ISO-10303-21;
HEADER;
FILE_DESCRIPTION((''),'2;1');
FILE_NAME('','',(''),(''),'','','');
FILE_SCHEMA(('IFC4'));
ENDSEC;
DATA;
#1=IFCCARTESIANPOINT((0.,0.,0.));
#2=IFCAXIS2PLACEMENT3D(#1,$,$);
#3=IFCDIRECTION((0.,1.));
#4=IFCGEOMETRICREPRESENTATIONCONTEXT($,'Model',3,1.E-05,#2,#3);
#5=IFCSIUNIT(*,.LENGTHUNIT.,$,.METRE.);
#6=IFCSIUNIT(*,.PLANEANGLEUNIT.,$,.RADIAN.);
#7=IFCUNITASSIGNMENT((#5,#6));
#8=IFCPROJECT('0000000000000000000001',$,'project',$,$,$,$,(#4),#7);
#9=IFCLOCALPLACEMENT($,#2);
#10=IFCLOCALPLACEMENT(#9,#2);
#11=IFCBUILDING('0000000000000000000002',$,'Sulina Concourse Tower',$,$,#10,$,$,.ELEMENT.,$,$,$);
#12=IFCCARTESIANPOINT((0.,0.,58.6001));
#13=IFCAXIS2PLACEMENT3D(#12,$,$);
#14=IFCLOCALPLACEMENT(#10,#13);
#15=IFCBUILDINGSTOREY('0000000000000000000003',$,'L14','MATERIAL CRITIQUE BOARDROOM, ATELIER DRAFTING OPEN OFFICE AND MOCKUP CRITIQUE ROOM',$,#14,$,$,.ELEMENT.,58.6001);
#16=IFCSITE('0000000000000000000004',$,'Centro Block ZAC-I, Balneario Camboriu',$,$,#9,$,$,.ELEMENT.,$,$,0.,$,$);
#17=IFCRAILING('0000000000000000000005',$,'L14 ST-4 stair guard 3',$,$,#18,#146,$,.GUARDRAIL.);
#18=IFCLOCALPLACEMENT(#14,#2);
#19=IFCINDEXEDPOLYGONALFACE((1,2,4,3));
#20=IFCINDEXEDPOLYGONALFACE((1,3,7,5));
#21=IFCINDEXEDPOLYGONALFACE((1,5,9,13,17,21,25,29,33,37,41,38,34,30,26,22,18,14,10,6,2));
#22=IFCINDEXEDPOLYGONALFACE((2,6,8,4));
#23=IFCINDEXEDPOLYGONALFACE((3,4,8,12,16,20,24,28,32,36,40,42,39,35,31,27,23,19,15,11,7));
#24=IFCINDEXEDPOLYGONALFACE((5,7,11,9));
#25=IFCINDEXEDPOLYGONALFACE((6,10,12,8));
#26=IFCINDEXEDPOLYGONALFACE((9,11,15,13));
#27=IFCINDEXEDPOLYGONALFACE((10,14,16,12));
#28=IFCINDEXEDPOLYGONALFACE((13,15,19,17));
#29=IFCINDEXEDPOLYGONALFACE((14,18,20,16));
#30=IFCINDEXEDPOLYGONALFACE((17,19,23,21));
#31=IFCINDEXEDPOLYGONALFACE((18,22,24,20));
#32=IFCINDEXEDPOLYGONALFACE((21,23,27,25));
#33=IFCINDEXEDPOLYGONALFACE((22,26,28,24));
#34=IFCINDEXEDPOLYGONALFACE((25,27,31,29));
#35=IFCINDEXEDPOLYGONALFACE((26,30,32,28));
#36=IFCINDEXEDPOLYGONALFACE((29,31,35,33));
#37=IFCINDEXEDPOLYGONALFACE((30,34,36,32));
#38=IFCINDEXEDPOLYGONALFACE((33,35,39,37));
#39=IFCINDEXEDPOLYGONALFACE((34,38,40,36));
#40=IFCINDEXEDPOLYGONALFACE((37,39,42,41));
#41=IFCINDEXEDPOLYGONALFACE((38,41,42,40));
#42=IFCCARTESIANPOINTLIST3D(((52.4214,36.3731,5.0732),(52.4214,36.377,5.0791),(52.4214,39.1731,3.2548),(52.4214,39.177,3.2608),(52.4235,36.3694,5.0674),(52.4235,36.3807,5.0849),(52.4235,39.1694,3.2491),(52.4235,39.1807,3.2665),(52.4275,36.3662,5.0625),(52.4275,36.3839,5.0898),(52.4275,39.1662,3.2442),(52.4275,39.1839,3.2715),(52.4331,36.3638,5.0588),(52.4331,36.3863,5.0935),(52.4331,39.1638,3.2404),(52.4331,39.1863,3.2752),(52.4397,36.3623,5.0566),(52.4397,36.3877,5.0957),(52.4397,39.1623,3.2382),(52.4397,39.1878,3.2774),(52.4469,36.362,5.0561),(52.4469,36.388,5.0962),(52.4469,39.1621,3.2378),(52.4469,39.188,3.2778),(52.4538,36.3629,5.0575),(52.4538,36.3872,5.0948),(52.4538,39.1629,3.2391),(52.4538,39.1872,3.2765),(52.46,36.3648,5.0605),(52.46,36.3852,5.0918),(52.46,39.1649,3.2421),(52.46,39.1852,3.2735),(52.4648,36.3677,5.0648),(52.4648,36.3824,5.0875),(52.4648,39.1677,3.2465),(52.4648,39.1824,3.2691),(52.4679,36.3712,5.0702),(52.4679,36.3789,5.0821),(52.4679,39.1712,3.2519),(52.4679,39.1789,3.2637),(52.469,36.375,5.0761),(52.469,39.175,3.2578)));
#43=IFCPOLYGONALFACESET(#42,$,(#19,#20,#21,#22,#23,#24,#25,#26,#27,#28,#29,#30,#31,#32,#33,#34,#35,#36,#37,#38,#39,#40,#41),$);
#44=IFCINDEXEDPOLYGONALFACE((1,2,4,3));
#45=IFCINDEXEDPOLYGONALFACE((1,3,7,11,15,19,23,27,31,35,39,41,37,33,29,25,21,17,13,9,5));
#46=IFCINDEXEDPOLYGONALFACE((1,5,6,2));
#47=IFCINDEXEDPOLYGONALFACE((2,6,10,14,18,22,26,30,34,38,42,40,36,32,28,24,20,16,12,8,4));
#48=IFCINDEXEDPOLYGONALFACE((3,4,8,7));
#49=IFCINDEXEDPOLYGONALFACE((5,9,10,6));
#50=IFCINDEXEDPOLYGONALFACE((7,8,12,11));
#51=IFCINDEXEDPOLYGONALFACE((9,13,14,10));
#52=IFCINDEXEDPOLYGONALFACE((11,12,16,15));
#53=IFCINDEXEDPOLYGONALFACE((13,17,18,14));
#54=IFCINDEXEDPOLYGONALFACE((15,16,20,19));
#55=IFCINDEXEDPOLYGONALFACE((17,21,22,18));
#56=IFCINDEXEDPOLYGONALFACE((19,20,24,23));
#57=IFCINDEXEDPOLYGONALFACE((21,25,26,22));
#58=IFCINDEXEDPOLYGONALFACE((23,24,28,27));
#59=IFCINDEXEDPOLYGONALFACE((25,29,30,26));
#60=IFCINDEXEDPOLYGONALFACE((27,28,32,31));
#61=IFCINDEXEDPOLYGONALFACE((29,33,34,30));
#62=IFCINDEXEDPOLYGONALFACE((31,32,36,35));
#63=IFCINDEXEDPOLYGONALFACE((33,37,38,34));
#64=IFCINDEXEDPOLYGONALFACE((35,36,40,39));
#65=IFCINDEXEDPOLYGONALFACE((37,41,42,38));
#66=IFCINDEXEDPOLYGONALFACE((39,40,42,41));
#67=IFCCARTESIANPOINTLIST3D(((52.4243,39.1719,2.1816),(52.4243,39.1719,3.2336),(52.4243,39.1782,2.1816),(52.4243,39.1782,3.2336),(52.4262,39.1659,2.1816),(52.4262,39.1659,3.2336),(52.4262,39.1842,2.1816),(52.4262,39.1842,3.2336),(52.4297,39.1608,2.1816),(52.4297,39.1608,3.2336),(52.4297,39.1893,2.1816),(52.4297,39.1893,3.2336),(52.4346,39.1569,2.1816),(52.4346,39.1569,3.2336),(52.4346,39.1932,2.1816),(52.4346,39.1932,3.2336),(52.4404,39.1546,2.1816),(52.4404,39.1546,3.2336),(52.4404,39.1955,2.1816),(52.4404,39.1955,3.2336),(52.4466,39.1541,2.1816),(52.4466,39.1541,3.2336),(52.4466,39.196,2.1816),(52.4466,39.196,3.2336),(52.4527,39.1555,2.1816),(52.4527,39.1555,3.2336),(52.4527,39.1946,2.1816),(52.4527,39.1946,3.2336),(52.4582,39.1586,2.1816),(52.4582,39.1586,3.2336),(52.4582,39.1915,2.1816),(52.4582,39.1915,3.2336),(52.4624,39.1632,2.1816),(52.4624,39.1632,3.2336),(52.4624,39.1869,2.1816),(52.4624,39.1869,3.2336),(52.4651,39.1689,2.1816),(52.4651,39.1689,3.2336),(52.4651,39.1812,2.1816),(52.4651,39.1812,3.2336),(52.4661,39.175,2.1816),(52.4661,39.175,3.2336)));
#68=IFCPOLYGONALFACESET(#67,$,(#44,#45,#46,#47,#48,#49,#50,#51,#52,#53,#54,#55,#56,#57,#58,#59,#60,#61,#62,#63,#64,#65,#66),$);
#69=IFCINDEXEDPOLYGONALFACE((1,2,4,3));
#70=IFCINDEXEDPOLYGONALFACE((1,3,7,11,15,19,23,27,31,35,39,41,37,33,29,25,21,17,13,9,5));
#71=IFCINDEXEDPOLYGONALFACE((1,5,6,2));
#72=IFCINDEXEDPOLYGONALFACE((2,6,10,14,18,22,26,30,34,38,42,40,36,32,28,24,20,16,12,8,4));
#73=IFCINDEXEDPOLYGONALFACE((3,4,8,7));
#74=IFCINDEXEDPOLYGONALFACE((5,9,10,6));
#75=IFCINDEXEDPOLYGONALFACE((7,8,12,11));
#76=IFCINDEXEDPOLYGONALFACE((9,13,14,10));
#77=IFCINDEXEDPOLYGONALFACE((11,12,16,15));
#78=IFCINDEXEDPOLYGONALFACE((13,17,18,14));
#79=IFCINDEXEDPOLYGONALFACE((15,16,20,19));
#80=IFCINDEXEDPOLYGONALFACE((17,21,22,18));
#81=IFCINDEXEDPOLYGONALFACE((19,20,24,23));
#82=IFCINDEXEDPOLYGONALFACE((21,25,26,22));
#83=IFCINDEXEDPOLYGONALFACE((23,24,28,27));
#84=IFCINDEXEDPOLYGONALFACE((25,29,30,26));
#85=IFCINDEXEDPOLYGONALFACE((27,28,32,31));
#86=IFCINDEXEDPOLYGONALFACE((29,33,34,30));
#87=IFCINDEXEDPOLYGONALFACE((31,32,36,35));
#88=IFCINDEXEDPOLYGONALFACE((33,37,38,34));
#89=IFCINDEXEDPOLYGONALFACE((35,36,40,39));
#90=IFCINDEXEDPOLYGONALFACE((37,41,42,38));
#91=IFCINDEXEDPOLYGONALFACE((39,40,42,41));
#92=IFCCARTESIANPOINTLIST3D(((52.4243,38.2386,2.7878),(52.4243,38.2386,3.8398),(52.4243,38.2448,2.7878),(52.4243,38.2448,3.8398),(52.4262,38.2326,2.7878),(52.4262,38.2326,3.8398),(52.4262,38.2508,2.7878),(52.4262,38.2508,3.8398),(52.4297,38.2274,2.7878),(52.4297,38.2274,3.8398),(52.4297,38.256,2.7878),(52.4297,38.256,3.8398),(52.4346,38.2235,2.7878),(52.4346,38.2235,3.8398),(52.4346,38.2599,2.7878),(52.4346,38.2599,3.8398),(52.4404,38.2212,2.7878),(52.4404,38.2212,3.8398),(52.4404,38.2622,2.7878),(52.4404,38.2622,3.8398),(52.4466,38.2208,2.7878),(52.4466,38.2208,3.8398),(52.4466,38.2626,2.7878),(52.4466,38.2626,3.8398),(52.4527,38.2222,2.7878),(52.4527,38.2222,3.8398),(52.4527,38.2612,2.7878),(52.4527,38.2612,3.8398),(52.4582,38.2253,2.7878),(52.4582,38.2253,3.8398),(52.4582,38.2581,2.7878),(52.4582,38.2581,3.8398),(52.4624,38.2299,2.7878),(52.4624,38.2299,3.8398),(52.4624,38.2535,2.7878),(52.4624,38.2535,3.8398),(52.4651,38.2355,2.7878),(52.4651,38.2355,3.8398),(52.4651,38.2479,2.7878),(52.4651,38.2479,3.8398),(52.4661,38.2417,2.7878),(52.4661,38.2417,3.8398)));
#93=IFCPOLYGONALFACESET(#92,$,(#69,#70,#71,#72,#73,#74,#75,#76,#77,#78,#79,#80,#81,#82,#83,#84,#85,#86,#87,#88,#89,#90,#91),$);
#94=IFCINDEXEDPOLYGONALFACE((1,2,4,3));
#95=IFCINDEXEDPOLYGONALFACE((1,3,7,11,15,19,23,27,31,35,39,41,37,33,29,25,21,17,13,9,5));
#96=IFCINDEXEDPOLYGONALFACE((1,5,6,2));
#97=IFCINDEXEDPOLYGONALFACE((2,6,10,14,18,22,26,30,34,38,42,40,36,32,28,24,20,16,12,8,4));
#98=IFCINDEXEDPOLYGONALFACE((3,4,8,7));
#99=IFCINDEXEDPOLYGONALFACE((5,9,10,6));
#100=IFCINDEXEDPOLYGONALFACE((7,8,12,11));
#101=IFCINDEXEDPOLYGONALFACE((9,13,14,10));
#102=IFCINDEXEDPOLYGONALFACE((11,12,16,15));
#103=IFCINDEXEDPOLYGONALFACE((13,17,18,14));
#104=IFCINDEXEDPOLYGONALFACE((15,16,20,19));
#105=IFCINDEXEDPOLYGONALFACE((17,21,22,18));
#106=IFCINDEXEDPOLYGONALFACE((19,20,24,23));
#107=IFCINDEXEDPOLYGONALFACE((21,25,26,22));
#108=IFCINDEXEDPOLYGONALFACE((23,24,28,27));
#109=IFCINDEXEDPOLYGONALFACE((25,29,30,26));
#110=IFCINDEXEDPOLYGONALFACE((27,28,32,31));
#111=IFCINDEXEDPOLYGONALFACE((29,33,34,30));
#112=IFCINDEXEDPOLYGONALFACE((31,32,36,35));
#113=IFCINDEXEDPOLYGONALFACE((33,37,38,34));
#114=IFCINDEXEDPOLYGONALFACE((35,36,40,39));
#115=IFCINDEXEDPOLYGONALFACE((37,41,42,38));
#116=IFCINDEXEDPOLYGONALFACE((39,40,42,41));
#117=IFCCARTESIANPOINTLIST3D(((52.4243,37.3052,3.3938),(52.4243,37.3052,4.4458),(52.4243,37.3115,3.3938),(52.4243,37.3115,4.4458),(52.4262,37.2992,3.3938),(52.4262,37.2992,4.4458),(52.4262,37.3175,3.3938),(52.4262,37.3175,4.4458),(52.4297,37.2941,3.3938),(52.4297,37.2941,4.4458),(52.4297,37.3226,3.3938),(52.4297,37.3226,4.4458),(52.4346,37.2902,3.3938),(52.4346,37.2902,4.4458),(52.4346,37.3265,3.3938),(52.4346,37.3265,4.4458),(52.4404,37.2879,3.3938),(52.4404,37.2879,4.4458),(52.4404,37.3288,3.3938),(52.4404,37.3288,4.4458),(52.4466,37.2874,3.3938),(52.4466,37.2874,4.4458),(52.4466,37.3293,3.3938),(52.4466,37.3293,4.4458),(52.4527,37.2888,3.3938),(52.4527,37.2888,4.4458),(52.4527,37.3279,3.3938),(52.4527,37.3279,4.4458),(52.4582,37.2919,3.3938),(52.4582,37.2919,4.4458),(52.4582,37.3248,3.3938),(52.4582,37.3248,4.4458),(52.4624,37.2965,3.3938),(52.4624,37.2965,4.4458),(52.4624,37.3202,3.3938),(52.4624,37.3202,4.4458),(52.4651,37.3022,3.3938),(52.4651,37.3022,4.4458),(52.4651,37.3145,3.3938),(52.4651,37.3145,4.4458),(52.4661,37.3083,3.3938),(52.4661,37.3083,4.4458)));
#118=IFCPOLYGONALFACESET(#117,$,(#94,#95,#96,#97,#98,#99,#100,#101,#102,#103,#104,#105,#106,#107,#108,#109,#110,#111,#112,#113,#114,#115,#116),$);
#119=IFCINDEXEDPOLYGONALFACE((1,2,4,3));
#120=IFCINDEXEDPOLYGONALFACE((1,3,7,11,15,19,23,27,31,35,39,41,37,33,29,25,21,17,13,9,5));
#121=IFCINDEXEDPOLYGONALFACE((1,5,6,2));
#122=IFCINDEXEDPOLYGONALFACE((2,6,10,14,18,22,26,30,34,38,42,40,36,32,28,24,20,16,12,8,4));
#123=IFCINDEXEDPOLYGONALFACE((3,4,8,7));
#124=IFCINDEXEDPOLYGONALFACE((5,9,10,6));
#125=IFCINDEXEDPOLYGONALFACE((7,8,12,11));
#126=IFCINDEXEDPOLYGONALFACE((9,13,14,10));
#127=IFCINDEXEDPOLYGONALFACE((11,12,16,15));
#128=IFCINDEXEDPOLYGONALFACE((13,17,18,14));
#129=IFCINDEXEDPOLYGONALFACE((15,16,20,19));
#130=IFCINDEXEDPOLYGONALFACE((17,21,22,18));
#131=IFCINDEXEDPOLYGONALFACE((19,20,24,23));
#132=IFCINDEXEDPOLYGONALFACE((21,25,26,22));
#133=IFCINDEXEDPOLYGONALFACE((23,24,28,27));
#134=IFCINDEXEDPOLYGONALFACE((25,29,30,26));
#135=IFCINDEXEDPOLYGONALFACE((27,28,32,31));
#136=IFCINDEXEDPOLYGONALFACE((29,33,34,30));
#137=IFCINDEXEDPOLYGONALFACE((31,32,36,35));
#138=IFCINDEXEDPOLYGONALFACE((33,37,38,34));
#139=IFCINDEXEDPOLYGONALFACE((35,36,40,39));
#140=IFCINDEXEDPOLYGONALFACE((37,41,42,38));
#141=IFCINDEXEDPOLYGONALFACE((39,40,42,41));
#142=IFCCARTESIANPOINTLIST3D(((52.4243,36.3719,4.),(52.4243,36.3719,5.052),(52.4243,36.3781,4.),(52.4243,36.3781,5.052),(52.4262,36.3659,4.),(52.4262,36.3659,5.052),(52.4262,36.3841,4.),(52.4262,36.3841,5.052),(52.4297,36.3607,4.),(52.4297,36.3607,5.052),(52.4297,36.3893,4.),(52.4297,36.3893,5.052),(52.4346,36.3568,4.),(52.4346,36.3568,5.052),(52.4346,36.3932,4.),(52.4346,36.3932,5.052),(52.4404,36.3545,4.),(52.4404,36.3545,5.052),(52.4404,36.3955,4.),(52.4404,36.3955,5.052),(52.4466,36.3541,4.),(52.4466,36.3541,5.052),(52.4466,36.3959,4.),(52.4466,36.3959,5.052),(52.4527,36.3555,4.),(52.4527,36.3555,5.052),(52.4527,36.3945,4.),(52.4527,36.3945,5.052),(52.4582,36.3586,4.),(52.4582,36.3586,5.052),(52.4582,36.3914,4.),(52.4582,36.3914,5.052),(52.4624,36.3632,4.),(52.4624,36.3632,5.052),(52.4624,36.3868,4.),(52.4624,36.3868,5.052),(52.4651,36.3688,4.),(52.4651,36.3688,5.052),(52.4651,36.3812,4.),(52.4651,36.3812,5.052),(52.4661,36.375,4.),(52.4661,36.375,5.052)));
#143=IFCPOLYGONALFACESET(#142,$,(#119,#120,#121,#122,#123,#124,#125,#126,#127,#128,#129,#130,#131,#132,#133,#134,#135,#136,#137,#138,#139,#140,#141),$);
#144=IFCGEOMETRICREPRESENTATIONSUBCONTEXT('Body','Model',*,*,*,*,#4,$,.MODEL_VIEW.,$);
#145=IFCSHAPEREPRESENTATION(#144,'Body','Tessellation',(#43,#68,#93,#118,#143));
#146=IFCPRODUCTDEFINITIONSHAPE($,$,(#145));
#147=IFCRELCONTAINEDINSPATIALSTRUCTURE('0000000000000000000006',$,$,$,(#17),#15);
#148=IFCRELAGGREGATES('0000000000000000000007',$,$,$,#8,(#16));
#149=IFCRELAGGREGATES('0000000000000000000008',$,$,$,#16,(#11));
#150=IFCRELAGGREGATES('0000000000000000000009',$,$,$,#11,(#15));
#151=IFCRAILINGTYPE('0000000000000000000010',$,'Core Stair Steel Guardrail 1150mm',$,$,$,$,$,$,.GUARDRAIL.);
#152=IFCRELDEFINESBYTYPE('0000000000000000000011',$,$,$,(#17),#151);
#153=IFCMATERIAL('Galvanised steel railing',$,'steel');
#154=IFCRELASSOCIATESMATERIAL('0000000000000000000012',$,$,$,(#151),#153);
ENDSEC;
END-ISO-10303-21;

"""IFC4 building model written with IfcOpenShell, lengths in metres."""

from ifc_helpers import new_model, si_unit, direction, frame, origin, origin_2d, place, context, subcontext, project, spatial, circle, extrude, material, type_object, element, save


model = new_model("IFC4")

# Units and contexts
model_context = context("Model", 3, precision=1e-05, world=origin(), true_north=direction((0.0, 1.0)))
body_context = subcontext(model_context, "Body", "Model", "MODEL_VIEW")
ifc_project = project(units=[si_unit("LENGTHUNIT", "METRE"), si_unit("PLANEANGLEUNIT", "RADIAN")], contexts=[model_context])

# Site, building, storey
site_placement = place(None, origin())
site = spatial("IfcSite", under=ifc_project, at=site_placement, Name="Centro Block ZAC-I, Balneario Camboriu", CompositionType="ELEMENT", RefElevation=0.0)
building_placement = place(site_placement, origin())
building = spatial("IfcBuilding", under=site, at=building_placement, Name="Sulina Concourse Tower", CompositionType="ELEMENT")
storey_placement = place(building_placement, frame((0.0, 0.0, 58.6001)))
storey = spatial("IfcBuildingStorey", under=building, at=storey_placement, Name="L14", Description="MATERIAL CRITIQUE BOARDROOM, ATELIER DRAFTING OPEN OFFICE AND MOCKUP CRITIQUE ROOM", CompositionType="ELEMENT", Elevation=58.6001)

# Railing
ifc_material_1 = material(Name="Galvanised steel railing", Category="steel")
railing_type_1 = type_object("IfcRailingType", Name="Core Stair Steel Guardrail 1150mm", PredefinedType="GUARDRAIL", material=ifc_material_1)
railing_1_placement = place(storey_placement, frame((52.4451, 39.175, 2.1816)))
element("IfcRailing", 1, at=railing_1_placement, inside=storey, type_object=railing_type_1, Name="L14 ST-4 stair guard 3", PredefinedType="GUARDRAIL", context=body_context, shape_type="SweptSolid", body=[
    extrude(circle(Radius=0.0239, at=origin_2d()), frame((0.0, 0.0, 1.0762), z_axis=(0.0, -0.838672, 0.544636), x_axis=(1.0, 0.0, 0.0)), (0.0, 0.0, 1.0), 3.3386),
    extrude(circle(Radius=0.021, at=origin_2d()), origin(), (0.0, 0.0, 1.0), 1.052),
    extrude(circle(Radius=0.021, at=origin_2d()), frame((0.0, -0.9333, 0.6062)), (0.0, 0.0, 1.0), 1.052),
    extrude(circle(Radius=0.021, at=origin_2d()), frame((0.0, -1.8667, 1.2122)), (0.0, 0.0, 1.0), 1.052),
    extrude(circle(Radius=0.021, at=origin_2d()), frame((0.0, -2.8, 1.8184)), (0.0, 0.0, 1.0), 1.052),
])

save(model, "model.ifc")
